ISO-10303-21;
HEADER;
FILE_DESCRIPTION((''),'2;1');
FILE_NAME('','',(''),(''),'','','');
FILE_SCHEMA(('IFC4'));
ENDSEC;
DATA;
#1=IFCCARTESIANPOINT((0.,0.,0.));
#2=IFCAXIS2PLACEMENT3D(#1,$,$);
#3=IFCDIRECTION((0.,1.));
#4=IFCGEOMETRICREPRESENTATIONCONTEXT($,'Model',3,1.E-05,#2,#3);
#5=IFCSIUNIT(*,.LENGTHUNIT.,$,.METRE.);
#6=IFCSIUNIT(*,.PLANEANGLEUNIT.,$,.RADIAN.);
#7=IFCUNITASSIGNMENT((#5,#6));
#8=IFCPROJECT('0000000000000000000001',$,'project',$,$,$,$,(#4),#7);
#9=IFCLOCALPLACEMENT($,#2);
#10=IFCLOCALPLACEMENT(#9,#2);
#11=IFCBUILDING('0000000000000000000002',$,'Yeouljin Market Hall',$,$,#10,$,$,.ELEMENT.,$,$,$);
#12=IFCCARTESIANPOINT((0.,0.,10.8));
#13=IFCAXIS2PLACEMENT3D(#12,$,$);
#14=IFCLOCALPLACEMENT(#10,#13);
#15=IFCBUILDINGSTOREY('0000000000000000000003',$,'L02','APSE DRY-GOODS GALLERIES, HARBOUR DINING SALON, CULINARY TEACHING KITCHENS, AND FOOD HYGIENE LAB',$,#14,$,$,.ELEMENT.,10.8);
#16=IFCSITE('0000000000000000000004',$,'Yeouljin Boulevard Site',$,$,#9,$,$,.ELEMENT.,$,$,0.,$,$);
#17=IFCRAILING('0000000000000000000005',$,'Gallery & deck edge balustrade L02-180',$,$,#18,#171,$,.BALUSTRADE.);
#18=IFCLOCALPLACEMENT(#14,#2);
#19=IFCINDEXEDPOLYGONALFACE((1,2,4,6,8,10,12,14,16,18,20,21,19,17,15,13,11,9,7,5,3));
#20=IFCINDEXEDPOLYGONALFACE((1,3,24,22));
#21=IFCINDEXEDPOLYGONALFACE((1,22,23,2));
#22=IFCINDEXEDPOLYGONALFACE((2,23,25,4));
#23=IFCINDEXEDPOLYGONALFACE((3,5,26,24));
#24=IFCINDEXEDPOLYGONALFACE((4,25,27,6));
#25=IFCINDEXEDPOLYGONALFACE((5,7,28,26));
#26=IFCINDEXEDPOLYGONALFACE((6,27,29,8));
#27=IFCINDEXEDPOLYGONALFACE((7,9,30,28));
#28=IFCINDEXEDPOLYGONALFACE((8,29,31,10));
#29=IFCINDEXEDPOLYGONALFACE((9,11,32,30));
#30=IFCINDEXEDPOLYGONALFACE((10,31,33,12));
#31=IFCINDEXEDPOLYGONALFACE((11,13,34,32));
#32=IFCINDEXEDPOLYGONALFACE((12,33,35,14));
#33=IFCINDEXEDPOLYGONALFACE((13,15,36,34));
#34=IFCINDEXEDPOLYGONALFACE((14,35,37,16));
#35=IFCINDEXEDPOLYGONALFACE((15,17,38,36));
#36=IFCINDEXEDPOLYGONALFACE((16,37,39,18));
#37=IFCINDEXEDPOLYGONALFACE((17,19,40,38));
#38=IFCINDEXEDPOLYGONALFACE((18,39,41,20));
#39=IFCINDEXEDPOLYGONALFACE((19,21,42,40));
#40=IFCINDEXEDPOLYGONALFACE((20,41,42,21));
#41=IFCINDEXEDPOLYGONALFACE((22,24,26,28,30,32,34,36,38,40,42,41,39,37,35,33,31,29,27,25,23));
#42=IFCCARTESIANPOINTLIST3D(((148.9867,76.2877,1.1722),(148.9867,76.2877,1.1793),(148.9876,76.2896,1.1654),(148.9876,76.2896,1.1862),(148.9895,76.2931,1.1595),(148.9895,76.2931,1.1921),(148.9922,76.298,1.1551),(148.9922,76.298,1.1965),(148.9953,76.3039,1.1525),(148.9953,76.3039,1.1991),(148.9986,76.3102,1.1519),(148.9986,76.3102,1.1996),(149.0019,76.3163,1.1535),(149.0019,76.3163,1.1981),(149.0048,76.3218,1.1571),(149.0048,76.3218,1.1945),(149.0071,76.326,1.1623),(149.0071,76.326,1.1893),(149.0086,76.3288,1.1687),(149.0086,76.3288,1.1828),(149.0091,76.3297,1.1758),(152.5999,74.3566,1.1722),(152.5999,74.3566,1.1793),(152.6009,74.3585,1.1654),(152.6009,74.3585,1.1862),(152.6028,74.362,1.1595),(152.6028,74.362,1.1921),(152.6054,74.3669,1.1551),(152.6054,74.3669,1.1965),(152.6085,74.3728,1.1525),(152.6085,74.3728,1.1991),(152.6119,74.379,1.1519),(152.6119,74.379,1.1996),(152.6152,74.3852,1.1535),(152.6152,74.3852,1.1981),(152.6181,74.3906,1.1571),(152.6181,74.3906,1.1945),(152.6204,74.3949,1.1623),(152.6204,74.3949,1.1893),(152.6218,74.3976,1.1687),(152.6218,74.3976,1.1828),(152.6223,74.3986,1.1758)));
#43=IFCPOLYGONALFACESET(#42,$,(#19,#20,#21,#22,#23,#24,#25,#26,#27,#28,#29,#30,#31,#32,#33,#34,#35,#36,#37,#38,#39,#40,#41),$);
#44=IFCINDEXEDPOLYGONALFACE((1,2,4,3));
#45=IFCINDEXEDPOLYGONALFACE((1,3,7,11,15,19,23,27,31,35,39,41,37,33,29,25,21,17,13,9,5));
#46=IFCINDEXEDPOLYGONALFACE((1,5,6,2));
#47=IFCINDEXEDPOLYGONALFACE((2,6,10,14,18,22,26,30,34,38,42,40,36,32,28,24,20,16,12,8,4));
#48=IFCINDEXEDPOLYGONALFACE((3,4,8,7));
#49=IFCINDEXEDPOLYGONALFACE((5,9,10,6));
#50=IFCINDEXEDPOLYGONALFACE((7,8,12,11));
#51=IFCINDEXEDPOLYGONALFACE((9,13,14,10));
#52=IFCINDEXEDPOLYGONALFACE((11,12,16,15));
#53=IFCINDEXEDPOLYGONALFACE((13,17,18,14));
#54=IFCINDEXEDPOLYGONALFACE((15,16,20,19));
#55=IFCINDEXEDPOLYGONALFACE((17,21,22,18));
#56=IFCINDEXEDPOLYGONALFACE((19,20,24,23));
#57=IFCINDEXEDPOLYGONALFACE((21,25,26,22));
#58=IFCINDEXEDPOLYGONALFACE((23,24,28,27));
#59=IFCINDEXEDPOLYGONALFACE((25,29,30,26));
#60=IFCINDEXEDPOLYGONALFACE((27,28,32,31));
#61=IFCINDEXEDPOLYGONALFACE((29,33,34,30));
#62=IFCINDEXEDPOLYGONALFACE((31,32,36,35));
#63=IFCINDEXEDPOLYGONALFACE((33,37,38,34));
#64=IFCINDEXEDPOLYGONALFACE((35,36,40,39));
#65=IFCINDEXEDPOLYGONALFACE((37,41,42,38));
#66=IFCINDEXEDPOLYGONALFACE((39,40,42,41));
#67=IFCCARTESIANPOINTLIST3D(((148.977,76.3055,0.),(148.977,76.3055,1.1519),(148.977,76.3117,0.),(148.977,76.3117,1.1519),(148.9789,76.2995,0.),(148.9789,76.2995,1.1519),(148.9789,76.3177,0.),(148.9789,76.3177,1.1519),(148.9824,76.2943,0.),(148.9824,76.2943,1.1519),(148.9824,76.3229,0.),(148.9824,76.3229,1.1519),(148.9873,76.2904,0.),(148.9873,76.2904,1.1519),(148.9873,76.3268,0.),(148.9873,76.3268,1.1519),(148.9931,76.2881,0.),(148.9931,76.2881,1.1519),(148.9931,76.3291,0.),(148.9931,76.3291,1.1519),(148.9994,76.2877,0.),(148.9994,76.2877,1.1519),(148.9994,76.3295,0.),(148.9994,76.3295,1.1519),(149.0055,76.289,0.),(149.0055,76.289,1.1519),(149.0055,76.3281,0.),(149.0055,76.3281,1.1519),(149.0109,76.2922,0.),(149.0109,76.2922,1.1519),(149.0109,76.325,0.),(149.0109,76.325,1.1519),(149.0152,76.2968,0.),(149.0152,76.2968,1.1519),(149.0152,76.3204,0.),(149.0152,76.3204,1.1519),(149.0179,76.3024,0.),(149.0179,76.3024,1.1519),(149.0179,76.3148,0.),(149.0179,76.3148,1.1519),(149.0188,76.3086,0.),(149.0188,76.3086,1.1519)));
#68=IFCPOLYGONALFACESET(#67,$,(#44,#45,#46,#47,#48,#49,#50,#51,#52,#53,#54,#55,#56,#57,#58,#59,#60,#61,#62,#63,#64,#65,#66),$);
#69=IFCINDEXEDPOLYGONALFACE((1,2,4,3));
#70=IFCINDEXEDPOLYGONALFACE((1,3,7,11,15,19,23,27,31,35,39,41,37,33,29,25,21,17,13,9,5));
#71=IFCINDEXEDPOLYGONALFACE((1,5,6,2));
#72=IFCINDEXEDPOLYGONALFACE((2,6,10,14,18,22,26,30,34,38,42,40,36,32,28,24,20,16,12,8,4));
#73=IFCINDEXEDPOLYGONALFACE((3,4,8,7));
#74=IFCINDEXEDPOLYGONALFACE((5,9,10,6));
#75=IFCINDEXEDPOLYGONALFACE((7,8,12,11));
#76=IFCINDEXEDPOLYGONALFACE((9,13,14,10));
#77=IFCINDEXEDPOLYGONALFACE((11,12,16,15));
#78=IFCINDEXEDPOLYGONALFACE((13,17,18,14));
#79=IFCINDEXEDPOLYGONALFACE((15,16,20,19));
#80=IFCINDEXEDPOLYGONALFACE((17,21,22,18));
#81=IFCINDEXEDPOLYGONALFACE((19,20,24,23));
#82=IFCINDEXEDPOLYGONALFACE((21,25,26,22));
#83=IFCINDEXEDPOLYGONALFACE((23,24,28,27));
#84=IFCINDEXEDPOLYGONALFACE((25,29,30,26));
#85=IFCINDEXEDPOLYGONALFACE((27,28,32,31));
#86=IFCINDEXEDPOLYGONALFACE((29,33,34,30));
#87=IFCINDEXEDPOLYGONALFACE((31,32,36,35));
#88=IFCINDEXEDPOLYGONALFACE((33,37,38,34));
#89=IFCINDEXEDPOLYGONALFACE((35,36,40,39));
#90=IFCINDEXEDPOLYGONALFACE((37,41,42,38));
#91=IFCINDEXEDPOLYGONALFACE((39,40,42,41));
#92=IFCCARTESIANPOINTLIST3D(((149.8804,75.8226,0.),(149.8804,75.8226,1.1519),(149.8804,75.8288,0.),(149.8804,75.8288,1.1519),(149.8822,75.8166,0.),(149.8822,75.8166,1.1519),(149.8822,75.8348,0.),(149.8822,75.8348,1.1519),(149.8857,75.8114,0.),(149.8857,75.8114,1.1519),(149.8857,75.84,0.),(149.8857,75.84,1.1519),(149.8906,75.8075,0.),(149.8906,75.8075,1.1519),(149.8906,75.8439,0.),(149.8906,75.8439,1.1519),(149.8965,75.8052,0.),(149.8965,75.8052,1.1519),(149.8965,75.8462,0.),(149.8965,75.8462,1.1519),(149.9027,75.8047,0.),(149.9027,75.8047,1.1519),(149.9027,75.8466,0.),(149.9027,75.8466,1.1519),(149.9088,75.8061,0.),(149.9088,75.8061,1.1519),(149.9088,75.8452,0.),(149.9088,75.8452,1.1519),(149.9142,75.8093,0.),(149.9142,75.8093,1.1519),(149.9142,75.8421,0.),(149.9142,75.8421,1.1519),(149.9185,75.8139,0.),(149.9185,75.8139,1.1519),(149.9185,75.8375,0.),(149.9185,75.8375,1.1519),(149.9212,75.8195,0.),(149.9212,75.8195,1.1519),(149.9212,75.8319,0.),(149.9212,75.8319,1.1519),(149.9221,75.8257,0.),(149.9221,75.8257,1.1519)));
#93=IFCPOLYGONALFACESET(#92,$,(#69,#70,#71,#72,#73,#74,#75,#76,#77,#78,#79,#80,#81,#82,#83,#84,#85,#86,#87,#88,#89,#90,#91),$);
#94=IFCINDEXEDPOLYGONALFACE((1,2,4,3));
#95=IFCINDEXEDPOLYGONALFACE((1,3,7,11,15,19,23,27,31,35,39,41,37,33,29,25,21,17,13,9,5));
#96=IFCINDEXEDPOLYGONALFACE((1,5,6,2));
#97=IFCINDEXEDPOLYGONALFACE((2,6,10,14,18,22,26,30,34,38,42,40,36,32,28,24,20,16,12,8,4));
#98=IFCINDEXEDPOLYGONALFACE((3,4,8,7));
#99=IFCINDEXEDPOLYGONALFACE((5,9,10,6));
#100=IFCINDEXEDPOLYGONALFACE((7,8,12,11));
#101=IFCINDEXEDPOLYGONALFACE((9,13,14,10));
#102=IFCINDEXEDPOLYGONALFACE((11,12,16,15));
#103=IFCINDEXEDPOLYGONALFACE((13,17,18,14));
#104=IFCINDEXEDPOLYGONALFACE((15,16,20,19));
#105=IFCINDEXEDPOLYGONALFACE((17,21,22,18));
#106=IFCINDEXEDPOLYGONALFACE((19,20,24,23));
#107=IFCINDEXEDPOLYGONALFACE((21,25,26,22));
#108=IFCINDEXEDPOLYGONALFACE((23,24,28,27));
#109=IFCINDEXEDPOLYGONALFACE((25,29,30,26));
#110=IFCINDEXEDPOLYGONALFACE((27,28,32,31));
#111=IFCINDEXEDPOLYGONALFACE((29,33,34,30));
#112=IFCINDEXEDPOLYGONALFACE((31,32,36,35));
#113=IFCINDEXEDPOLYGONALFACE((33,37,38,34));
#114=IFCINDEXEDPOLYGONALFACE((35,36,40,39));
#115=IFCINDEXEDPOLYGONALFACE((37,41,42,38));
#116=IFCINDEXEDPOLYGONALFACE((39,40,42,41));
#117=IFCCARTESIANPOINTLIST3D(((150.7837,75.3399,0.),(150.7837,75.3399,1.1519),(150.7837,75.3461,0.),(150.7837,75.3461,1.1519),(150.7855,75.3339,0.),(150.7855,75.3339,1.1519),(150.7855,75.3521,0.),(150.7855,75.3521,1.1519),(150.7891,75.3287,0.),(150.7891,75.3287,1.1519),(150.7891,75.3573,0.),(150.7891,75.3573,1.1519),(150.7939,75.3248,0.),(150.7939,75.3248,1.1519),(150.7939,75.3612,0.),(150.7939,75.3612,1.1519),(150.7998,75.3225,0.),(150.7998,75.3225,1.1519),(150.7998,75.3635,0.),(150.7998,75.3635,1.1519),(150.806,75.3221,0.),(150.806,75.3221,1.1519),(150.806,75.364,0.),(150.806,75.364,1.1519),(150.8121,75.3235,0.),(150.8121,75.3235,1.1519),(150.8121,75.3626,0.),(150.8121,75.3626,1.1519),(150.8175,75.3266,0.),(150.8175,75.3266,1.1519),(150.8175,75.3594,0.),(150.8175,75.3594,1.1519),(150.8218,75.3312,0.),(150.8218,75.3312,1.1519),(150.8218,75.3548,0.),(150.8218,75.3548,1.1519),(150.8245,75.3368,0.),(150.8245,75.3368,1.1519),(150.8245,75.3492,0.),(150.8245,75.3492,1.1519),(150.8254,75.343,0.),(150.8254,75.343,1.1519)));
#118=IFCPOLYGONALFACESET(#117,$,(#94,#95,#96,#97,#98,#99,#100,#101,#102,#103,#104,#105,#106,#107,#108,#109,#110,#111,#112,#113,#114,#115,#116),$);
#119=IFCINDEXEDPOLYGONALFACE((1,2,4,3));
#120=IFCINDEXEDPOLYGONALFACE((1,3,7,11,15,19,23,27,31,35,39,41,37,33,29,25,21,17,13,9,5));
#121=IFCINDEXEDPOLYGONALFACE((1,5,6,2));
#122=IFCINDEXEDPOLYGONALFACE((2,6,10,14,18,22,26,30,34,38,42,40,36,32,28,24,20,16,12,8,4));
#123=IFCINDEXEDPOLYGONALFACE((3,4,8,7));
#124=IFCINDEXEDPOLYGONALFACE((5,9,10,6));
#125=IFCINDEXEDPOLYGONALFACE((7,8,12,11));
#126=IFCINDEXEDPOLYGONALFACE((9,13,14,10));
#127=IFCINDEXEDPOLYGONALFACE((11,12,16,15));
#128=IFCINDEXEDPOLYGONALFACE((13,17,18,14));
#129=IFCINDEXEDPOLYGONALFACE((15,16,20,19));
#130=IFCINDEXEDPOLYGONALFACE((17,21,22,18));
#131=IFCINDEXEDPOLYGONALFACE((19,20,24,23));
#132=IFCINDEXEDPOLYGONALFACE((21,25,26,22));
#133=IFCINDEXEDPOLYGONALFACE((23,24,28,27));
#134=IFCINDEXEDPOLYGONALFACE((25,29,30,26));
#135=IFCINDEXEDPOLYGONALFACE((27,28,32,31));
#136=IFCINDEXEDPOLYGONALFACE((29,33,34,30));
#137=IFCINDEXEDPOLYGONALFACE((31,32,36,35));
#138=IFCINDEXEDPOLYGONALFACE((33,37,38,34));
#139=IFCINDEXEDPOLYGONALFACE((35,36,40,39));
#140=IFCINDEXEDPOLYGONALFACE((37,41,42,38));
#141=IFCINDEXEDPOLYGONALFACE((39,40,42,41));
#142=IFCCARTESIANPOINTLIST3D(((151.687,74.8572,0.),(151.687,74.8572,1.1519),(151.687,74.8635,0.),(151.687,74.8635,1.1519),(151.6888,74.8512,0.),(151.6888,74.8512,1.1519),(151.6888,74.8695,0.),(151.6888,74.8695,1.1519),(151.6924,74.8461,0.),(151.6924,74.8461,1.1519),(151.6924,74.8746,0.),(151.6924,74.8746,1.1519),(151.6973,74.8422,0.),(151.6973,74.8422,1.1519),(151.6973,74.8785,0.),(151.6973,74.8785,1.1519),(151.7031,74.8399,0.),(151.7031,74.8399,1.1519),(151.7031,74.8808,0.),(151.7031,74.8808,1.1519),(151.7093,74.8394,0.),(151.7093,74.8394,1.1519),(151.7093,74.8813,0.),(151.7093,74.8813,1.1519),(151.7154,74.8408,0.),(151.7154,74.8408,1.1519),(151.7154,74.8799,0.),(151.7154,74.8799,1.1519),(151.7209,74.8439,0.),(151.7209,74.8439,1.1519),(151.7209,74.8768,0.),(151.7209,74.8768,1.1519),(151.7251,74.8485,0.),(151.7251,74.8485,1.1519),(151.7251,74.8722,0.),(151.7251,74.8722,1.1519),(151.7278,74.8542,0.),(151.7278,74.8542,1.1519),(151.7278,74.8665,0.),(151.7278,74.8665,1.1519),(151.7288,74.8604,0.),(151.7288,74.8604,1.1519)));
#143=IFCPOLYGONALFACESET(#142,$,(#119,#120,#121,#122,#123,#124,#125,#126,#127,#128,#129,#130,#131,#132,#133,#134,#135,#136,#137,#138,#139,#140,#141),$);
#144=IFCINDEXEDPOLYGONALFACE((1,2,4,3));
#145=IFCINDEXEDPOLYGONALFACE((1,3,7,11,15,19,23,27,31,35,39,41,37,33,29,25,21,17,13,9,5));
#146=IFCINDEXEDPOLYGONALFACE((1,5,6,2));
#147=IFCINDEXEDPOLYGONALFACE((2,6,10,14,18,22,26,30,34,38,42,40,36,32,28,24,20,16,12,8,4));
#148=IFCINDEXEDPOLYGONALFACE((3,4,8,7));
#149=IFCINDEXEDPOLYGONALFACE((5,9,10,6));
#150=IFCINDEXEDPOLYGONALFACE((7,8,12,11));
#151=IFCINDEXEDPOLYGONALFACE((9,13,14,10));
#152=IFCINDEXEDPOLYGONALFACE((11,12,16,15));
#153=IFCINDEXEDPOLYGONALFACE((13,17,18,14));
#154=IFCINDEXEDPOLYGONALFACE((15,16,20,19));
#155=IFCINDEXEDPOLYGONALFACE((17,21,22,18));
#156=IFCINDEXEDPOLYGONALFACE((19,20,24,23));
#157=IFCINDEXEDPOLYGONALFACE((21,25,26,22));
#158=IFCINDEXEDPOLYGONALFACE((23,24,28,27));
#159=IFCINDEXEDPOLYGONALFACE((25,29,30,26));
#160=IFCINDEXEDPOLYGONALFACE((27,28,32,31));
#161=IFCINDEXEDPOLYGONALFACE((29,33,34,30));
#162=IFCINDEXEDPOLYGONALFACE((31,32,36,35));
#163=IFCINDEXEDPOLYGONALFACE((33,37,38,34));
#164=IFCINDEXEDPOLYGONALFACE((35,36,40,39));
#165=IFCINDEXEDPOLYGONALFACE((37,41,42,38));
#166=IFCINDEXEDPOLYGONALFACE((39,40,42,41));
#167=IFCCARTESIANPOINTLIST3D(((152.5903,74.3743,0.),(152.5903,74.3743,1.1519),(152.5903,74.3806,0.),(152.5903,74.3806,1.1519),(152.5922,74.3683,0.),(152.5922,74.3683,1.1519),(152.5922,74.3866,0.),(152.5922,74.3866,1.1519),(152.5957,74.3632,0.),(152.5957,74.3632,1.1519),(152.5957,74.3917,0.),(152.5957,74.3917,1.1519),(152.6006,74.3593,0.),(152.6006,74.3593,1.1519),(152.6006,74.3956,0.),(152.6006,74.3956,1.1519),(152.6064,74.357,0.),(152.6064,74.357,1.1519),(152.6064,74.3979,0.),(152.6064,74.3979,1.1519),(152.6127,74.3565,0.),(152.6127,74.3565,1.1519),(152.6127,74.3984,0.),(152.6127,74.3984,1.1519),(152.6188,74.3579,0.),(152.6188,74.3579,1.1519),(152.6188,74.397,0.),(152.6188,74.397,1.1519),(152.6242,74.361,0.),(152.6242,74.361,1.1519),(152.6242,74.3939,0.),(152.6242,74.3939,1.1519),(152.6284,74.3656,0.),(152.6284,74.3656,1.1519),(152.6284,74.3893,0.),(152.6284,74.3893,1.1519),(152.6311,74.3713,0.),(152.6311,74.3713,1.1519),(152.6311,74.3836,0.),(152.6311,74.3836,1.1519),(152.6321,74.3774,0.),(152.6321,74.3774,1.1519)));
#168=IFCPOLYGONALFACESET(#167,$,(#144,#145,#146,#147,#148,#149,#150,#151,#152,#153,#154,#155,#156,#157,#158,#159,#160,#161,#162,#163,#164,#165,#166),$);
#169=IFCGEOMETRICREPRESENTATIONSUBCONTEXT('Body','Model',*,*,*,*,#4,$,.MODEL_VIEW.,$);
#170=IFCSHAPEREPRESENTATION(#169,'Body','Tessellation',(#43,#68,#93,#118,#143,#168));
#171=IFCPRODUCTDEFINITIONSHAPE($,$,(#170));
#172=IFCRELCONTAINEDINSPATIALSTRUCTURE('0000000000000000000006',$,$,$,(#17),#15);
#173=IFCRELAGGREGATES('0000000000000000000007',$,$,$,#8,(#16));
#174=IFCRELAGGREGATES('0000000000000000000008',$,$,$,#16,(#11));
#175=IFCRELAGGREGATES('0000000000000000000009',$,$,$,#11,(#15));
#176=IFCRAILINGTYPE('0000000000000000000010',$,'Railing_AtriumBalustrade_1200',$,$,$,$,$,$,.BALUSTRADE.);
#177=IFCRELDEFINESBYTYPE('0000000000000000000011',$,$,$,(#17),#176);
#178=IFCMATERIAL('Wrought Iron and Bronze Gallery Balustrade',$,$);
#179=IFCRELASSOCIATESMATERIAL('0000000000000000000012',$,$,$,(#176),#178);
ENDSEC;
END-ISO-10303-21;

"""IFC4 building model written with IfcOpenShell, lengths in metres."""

from ifc_helpers import new_model, si_unit, direction, frame, origin, origin_2d, place, context, subcontext, project, spatial, circle, extrude, material, type_object, element, save


model = new_model("IFC4")

# Units and contexts
model_context = context("Model", 3, precision=1e-05, world=origin(), true_north=direction((0.0, 1.0)))
body_context = subcontext(model_context, "Body", "Model", "MODEL_VIEW")
ifc_project = project(units=[si_unit("LENGTHUNIT", "METRE"), si_unit("PLANEANGLEUNIT", "RADIAN")], contexts=[model_context])

# Site, building, storey
site_placement = place(None, origin())
site = spatial("IfcSite", under=ifc_project, at=site_placement, Name="Yeouljin Boulevard Site", CompositionType="ELEMENT", RefElevation=0.0)
building_placement = place(site_placement, origin())
building = spatial("IfcBuilding", under=site, at=building_placement, Name="Yeouljin Market Hall", CompositionType="ELEMENT")
storey_placement = place(building_placement, frame((0.0, 0.0, 10.8)))
storey = spatial("IfcBuildingStorey", under=building, at=storey_placement, Name="L02", Description="APSE DRY-GOODS GALLERIES, HARBOUR DINING SALON, CULINARY TEACHING KITCHENS, AND FOOD HYGIENE LAB", CompositionType="ELEMENT", Elevation=10.8)

# Railing
ifc_material_1 = material(Name="Wrought Iron and Bronze Gallery Balustrade")
railing_type = type_object("IfcRailingType", Name="Railing_AtriumBalustrade_1200", PredefinedType="BALUSTRADE", material=ifc_material_1)
railing_1_placement = place(storey_placement, frame((148.9978, 76.3086, 0.0)))
element("IfcRailing", 1, at=railing_1_placement, inside=storey, type_object=railing_type, Name="Gallery & deck edge balustrade L02-180", PredefinedType="BALUSTRADE", context=body_context, shape_type="SweptSolid", body=[
    extrude(circle(Radius=0.0239, at=origin_2d()), frame((0.0, 0.0, 1.1758), z_axis=(0.88194, -0.471361, 0.0), x_axis=(0.471361, 0.88194, 0.0)), (0.0, 0.0, 1.0), 4.0969),
    extrude(circle(Radius=0.021, at=origin_2d()), origin(), (0.0, 0.0, 1.0), 1.1519),
    extrude(circle(Radius=0.021, at=origin_2d()), frame((0.9033, -0.4829, 0.0)), (0.0, 0.0, 1.0), 1.1519),
    extrude(circle(Radius=0.021, at=origin_2d()), frame((1.8066, -0.9656, 0.0)), (0.0, 0.0, 1.0), 1.1519),
    extrude(circle(Radius=0.021, at=origin_2d()), frame((2.71, -1.4482, 0.0)), (0.0, 0.0, 1.0), 1.1519),
    extrude(circle(Radius=0.021, at=origin_2d()), frame((3.6133, -1.9312, 0.0)), (0.0, 0.0, 1.0), 1.1519),
])

save(model, "model.ifc")
